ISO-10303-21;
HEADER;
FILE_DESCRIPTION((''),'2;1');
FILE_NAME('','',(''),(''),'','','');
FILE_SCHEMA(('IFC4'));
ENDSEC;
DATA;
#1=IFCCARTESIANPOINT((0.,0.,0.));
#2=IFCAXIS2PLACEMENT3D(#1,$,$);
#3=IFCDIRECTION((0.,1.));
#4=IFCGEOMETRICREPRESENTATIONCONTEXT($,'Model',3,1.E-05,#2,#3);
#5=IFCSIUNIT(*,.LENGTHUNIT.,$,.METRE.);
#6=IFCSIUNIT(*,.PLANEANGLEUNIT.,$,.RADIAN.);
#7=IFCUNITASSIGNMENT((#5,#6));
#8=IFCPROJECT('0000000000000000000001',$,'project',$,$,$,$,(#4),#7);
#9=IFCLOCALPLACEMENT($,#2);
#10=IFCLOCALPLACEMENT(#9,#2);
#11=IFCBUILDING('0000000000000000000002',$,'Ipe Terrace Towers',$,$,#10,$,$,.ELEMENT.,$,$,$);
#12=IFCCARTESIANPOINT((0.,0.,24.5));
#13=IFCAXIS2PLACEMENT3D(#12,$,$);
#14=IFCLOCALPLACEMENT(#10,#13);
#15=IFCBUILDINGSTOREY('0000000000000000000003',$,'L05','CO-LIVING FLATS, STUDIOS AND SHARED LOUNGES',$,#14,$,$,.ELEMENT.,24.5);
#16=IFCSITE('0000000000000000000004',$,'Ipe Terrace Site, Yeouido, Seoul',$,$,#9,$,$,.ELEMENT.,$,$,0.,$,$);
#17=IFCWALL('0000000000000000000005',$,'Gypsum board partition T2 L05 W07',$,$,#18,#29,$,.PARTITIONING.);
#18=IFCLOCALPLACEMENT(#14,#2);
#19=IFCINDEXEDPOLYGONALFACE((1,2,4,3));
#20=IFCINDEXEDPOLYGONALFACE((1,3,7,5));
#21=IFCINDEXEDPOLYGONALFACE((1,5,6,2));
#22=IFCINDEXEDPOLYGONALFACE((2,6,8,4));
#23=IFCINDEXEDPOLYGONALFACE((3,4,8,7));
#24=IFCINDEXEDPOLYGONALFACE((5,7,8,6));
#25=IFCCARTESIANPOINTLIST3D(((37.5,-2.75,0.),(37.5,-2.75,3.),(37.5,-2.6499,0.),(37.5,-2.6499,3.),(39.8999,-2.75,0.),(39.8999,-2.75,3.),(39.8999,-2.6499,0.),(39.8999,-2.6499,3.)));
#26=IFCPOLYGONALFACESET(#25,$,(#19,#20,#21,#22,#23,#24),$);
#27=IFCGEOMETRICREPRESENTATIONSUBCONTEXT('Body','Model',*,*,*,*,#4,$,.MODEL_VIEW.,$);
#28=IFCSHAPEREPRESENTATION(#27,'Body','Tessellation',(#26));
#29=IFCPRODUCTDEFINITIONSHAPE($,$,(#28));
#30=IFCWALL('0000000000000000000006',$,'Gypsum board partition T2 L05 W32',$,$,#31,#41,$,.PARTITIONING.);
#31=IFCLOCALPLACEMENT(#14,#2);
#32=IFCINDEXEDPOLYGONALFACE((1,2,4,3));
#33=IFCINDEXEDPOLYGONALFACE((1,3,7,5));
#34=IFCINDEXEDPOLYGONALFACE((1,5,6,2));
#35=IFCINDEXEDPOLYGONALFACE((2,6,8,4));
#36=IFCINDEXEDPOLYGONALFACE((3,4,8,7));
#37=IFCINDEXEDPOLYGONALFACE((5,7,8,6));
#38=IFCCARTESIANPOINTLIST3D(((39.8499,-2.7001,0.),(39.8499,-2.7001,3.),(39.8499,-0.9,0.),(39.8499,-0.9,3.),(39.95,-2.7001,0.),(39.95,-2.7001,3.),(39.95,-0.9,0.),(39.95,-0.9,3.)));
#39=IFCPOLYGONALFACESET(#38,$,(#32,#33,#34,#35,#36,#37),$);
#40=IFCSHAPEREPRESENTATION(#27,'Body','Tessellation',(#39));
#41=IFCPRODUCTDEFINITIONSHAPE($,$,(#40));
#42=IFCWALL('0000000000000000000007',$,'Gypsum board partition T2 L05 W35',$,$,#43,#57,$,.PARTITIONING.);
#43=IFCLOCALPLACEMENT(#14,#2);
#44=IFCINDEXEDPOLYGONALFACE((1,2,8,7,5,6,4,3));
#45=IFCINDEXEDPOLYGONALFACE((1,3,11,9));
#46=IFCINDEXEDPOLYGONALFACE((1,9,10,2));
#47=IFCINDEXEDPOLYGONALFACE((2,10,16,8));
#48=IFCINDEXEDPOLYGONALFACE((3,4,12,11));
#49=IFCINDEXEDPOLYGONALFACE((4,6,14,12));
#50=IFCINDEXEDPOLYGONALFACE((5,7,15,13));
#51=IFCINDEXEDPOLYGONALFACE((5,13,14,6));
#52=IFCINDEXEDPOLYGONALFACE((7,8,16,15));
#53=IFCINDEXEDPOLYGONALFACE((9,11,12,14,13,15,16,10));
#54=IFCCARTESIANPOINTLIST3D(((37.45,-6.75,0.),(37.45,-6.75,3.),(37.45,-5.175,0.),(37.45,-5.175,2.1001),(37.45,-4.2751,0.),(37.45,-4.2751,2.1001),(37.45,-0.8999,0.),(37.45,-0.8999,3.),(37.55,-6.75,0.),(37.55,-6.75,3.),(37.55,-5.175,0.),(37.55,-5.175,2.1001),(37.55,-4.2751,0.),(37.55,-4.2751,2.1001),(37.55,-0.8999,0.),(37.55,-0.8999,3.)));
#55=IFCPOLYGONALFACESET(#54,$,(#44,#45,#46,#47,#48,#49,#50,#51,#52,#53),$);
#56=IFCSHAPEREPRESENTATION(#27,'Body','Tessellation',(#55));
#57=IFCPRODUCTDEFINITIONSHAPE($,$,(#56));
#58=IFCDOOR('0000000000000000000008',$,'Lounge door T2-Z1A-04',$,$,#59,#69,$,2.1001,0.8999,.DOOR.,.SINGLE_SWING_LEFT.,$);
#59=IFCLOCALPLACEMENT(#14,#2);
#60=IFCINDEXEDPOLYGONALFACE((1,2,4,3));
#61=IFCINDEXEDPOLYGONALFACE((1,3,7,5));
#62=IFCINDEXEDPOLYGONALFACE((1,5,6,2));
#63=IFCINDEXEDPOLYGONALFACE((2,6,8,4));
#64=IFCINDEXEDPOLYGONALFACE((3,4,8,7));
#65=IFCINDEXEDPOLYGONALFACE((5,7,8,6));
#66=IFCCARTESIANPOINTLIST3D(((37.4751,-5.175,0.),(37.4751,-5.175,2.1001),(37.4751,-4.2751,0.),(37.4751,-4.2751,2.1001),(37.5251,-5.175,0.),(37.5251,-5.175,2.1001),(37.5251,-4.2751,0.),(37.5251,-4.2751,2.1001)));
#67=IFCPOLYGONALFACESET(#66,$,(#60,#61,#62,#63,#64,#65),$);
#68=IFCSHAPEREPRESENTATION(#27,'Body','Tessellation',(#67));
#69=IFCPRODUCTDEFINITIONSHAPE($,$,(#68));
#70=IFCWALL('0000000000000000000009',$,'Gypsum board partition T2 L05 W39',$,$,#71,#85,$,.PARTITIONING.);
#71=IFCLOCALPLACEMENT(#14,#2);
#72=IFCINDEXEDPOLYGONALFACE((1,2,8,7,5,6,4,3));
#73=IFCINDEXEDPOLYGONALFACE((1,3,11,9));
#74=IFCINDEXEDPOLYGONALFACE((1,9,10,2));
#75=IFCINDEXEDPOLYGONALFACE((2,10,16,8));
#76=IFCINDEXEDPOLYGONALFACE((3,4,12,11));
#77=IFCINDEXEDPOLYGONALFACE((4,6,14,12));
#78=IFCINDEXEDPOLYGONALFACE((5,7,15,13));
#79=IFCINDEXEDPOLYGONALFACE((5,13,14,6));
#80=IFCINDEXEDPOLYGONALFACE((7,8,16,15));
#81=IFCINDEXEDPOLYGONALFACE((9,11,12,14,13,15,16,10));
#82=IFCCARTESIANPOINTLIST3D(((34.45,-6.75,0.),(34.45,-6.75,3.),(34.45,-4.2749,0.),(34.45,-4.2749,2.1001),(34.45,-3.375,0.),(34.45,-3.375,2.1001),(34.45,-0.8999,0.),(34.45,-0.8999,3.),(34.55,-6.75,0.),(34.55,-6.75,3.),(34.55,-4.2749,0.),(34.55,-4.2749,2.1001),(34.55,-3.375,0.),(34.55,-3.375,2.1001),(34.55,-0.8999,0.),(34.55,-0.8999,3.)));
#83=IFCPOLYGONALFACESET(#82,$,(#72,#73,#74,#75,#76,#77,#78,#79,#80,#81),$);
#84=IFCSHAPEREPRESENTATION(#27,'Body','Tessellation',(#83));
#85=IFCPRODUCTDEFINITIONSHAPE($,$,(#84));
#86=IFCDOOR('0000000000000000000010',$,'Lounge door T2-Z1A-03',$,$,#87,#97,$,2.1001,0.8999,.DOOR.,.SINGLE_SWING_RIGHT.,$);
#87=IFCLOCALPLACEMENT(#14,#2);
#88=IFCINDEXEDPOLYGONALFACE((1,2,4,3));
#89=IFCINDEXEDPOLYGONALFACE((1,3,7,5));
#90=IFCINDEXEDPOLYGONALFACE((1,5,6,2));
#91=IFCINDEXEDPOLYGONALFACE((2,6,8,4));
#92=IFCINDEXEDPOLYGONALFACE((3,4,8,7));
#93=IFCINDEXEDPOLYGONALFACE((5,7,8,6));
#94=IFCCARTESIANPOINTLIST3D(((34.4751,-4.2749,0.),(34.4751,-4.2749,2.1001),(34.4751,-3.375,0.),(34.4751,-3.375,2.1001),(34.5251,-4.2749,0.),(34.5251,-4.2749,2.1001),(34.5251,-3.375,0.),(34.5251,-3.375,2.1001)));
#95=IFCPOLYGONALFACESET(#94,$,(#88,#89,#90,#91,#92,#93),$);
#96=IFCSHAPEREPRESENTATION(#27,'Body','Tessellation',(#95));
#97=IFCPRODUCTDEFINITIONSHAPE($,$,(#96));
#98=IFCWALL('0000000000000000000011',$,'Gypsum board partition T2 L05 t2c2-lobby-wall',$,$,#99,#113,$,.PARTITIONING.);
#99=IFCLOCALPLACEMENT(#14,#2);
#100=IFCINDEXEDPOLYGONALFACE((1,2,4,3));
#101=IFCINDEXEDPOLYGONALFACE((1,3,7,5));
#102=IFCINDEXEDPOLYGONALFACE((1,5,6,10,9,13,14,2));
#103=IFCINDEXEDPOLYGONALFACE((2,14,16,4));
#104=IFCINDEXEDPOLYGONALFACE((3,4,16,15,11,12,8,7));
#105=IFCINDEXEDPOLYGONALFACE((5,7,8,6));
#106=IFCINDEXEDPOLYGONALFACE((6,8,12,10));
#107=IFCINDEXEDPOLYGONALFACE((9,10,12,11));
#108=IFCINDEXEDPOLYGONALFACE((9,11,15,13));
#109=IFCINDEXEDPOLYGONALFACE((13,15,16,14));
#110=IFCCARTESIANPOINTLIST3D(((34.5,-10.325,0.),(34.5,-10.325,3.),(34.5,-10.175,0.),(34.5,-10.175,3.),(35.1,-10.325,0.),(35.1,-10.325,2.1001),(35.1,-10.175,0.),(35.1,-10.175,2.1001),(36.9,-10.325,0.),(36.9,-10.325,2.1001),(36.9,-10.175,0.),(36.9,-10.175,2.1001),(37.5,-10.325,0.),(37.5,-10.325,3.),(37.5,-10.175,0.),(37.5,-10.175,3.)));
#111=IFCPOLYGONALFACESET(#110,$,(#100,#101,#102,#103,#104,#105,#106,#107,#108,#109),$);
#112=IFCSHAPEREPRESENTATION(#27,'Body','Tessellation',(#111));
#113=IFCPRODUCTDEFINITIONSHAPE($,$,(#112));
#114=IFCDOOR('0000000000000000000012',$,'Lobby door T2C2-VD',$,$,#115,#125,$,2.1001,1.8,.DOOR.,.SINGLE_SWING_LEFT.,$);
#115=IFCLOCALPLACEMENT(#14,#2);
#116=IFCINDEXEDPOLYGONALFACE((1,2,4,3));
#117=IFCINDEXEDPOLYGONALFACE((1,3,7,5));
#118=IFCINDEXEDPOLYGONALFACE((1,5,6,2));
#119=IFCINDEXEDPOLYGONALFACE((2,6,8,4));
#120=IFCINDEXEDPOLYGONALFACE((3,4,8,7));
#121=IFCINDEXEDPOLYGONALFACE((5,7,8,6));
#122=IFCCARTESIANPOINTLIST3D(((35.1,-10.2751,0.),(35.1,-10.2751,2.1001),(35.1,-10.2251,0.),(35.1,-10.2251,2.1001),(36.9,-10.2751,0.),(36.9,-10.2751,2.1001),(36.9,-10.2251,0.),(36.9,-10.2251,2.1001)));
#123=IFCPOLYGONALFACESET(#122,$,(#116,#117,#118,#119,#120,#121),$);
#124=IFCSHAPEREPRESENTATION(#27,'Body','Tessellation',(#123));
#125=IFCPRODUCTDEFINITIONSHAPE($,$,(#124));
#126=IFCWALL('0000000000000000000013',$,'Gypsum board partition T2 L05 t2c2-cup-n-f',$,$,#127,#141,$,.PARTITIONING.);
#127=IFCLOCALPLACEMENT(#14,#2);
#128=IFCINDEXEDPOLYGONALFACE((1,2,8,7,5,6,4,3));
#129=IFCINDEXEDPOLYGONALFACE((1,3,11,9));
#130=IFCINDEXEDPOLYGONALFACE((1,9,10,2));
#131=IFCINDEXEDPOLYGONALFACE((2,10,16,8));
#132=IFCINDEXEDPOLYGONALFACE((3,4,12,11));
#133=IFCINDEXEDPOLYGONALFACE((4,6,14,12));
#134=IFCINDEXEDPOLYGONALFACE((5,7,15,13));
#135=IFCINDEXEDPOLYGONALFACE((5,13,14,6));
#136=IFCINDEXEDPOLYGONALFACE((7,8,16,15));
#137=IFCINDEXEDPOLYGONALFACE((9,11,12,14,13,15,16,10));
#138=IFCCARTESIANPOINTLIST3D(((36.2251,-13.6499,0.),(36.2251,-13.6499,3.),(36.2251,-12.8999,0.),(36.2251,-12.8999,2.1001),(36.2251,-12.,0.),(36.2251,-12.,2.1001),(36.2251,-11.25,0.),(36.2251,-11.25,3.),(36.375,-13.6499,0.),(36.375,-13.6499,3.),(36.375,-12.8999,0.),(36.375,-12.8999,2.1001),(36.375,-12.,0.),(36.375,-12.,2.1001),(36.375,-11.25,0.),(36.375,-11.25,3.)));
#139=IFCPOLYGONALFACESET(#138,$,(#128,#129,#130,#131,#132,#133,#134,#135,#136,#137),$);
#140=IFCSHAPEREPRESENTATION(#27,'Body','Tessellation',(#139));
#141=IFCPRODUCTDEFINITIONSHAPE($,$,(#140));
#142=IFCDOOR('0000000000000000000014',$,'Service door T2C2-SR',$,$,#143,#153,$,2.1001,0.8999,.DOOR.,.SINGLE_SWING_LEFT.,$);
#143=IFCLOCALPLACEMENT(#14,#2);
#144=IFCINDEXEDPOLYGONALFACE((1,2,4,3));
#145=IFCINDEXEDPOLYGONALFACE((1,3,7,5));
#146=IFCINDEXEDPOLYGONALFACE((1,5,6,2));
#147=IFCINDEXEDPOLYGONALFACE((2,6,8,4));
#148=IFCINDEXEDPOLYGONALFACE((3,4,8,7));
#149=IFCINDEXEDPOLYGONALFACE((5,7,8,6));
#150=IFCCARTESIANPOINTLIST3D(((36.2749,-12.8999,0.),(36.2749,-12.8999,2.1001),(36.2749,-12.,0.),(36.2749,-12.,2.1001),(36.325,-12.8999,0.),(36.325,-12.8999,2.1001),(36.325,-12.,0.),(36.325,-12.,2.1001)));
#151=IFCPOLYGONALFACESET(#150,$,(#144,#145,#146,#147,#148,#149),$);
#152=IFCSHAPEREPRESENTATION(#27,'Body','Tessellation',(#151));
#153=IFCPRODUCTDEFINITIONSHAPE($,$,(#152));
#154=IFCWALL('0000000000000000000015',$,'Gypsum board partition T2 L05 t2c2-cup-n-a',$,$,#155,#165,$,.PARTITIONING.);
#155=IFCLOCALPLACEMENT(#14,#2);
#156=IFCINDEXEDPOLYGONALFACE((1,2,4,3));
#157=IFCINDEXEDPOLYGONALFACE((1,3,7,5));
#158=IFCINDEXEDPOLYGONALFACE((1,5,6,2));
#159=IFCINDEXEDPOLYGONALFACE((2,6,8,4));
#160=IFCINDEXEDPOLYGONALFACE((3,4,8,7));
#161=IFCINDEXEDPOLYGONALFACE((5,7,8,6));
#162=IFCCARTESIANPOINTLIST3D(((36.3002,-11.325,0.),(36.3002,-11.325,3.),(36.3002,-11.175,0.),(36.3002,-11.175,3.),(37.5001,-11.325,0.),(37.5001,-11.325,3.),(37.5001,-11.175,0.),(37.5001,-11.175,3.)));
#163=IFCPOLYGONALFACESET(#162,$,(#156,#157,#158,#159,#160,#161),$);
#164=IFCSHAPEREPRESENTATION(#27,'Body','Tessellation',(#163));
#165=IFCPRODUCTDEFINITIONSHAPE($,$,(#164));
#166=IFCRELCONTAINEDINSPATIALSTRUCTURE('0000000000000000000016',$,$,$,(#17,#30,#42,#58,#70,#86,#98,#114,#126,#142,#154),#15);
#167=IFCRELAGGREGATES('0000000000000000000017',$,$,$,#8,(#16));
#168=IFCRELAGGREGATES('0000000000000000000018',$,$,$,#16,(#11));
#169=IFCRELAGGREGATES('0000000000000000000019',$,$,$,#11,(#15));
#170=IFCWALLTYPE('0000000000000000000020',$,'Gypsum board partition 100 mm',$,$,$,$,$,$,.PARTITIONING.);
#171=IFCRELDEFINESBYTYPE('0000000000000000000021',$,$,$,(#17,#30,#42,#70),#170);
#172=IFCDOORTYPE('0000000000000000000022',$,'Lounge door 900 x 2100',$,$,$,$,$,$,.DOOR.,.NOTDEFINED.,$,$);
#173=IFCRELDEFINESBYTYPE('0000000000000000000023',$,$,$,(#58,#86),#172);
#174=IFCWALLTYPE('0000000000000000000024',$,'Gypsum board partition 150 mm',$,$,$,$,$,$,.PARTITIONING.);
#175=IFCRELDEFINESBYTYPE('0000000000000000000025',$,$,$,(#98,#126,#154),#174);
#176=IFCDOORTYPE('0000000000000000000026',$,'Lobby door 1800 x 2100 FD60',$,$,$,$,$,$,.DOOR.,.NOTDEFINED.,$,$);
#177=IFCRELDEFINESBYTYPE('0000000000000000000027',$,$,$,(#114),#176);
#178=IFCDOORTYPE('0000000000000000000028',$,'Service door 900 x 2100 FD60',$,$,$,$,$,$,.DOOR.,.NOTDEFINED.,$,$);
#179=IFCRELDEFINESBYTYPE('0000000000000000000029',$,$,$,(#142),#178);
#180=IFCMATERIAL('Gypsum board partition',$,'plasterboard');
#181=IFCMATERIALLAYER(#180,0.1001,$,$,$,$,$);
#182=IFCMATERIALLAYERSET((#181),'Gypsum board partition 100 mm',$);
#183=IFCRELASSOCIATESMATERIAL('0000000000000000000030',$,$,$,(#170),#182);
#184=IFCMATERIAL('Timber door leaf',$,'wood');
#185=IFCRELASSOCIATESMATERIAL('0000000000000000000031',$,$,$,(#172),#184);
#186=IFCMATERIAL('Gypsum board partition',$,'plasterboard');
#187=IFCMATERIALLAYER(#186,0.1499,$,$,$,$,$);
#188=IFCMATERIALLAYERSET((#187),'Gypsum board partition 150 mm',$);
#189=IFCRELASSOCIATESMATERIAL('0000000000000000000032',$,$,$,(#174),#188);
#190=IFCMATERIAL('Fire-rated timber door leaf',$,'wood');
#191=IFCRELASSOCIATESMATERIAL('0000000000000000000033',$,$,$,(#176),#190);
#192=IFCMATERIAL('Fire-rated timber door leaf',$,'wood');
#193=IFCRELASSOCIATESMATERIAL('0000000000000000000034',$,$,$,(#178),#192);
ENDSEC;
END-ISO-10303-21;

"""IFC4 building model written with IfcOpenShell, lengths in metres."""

from ifc_helpers import new_model, si_unit, direction, frame, frame_2d, origin, place, context, subcontext, project, spatial, rectangle, extrude, material, layer, layer_set, type_object, element, fill, save


model = new_model("IFC4")

# Units and contexts
model_context = context("Model", 3, precision=1e-05, world=origin(), true_north=direction((0.0, 1.0)))
body_context = subcontext(model_context, "Body", "Model", "MODEL_VIEW")
ifc_project = project(units=[si_unit("LENGTHUNIT", "METRE"), si_unit("PLANEANGLEUNIT", "RADIAN")], contexts=[model_context])

# Site, building, storey
site_placement = place(None, origin())
site = spatial("IfcSite", under=ifc_project, at=site_placement, Name="Ipe Terrace Site, Yeouido, Seoul", CompositionType="ELEMENT", RefElevation=0.0)
building_placement = place(site_placement, origin())
building = spatial("IfcBuilding", under=site, at=building_placement, Name="Ipe Terrace Towers", CompositionType="ELEMENT")
storey_placement = place(building_placement, frame((0.0, 0.0, 24.5)))
storey = spatial("IfcBuildingStorey", under=building, at=storey_placement, Name="L05", Description="CO-LIVING FLATS, STUDIOS AND SHARED LOUNGES", CompositionType="ELEMENT", Elevation=24.5)

# Walls
ifc_material_1 = material(Name="Gypsum board partition", Category="plasterboard")
ifc_layer_1 = layer(ifc_material_1, 0.1001)
ifc_layer_set_1 = layer_set([ifc_layer_1], Name="Gypsum board partition 100 mm")
wall_type_1 = type_object("IfcWallType", Name="Gypsum board partition 100 mm", PredefinedType="PARTITIONING", material=ifc_layer_set_1)
wall_1_placement = place(storey_placement, frame((39.8999, -2.7, 0.0), z_axis=(0.0, 0.0, 1.0), x_axis=(-1.0, 0.0, 0.0)))
element("IfcWall", 1, at=wall_1_placement, inside=storey, type_object=wall_type_1, Name="Gypsum board partition T2 L05 W07", PredefinedType="PARTITIONING", context=body_context, shape_type="SweptSolid", body=[
    extrude(rectangle(XDim=2.3999, YDim=0.1001, at=frame_2d((1.2, 0.0))), origin(), (0.0, 0.0, 1.0), 3.0),
])
wall_2_placement = place(storey_placement, frame((39.8999, -2.7, 0.0), z_axis=(0.0, 0.0, 1.0), x_axis=(0.0, 1.0, 0.0)))
element("IfcWall", 2, at=wall_2_placement, inside=storey, type_object=wall_type_1, Name="Gypsum board partition T2 L05 W32", PredefinedType="PARTITIONING", context=body_context, shape_type="SweptSolid", body=[
    extrude(rectangle(XDim=1.8, YDim=0.1001, at=frame_2d((0.8999, 0.0))), origin(), (0.0, 0.0, 1.0), 3.0),
])

# Walls, openings, doors
wall_3_placement = place(storey_placement, frame((37.5, -6.75, 0.0), z_axis=(0.0, 0.0, 1.0), x_axis=(0.0, 1.0, 0.0)))
wall_3 = element("IfcWall", 3, at=wall_3_placement, inside=storey, type_object=wall_type_1, Name="Gypsum board partition T2 L05 W35", PredefinedType="PARTITIONING", context=body_context, shape_type="SweptSolid", body=[
    extrude(rectangle(XDim=5.8501, YDim=0.1001, at=frame_2d((2.925, 0.0))), origin(), (0.0, 0.0, 1.0), 3.0),
])
opening_1_placement = place(wall_3_placement, frame((1.575, 0.0, 0.0)))
opening_1 = element("IfcOpeningElement", 4, at=opening_1_placement, cuts=wall_3, PredefinedType="OPENING", context=body_context, shape_type="SweptSolid", body=[
    extrude(rectangle(XDim=0.8999, YDim=2.1001, at=frame_2d((0.45, 1.05))), frame((0.0, 0.0601, 0.0), z_axis=(0.0, -1.0, 0.0), x_axis=(1.0, 0.0, 0.0)), (0.0, 0.0, 1.0), 0.1201),
])
ifc_material_2 = material(Name="Timber door leaf", Category="wood")
door_type_1 = type_object("IfcDoorType", Name="Lounge door 900 x 2100", OperationType="NOTDEFINED", PredefinedType="DOOR", material=ifc_material_2)
door_1_placement = place(opening_1_placement, origin())
door_1 = element("IfcDoor", 5, at=door_1_placement, inside=storey, type_object=door_type_1, Name="Lounge door T2-Z1A-04", OperationType="SINGLE_SWING_LEFT", OverallHeight=2.1001, OverallWidth=0.8999, PredefinedType="DOOR", context=body_context, shape_type="SweptSolid", body=[
    extrude(rectangle(XDim=0.8999, YDim=2.1001, at=frame_2d((0.45, 1.05))), frame((0.0, 0.0249, 0.0), z_axis=(0.0, -1.0, 0.0), x_axis=(1.0, 0.0, 0.0)), (0.0, 0.0, 1.0), 0.05),
])
fill(opening_1, door_1)
wall_4_placement = place(storey_placement, frame((34.5, -6.75, 0.0), z_axis=(0.0, 0.0, 1.0), x_axis=(0.0, 1.0, 0.0)))
wall_4 = element("IfcWall", 6, at=wall_4_placement, inside=storey, type_object=wall_type_1, Name="Gypsum board partition T2 L05 W39", PredefinedType="PARTITIONING", context=body_context, shape_type="SweptSolid", body=[
    extrude(rectangle(XDim=5.8501, YDim=0.1001, at=frame_2d((2.925, 0.0))), origin(), (0.0, 0.0, 1.0), 3.0),
])
opening_2_placement = place(wall_4_placement, frame((2.4751, 0.0, 0.0)))
opening_2 = element("IfcOpeningElement", 7, at=opening_2_placement, cuts=wall_4, PredefinedType="OPENING", context=body_context, shape_type="SweptSolid", body=[
    extrude(rectangle(XDim=0.8999, YDim=2.1001, at=frame_2d((0.45, 1.05))), frame((0.0, 0.0601, 0.0), z_axis=(0.0, -1.0, 0.0), x_axis=(1.0, 0.0, 0.0)), (0.0, 0.0, 1.0), 0.1201),
])
door_2_placement = place(opening_2_placement, origin())
door_2 = element("IfcDoor", 8, at=door_2_placement, inside=storey, type_object=door_type_1, Name="Lounge door T2-Z1A-03", OperationType="SINGLE_SWING_RIGHT", OverallHeight=2.1001, OverallWidth=0.8999, PredefinedType="DOOR", context=body_context, shape_type="SweptSolid", body=[
    extrude(rectangle(XDim=0.8999, YDim=2.1001, at=frame_2d((0.45, 1.05))), frame((0.0, 0.0249, 0.0), z_axis=(0.0, -1.0, 0.0), x_axis=(1.0, 0.0, 0.0)), (0.0, 0.0, 1.0), 0.05),
])
fill(opening_2, door_2)
ifc_material_3 = material(Name="Gypsum board partition", Category="plasterboard")
ifc_layer_2 = layer(ifc_material_3, 0.1499)
ifc_layer_set_2 = layer_set([ifc_layer_2], Name="Gypsum board partition 150 mm")
wall_type_2 = type_object("IfcWallType", Name="Gypsum board partition 150 mm", PredefinedType="PARTITIONING", material=ifc_layer_set_2)
wall_5_placement = place(storey_placement, frame((34.5, -10.25, 0.0), z_axis=(0.0, 0.0, 1.0), x_axis=(1.0, 0.0, 0.0)))
wall_5 = element("IfcWall", 9, at=wall_5_placement, inside=storey, type_object=wall_type_2, Name="Gypsum board partition T2 L05 t2c2-lobby-wall", PredefinedType="PARTITIONING", context=body_context, shape_type="SweptSolid", body=[
    extrude(rectangle(XDim=3.0, YDim=0.1499, at=frame_2d((1.5, 0.0))), origin(), (0.0, 0.0, 1.0), 3.0),
])
opening_3_placement = place(wall_5_placement, frame((0.6001, 0.0, 0.0)))
opening_3 = element("IfcOpeningElement", 10, at=opening_3_placement, cuts=wall_5, PredefinedType="OPENING", context=body_context, shape_type="SweptSolid", body=[
    extrude(rectangle(XDim=1.8, YDim=2.1001, at=frame_2d((0.8999, 1.05))), frame((0.0, 0.085, 0.0), z_axis=(0.0, -1.0, 0.0), x_axis=(1.0, 0.0, 0.0)), (0.0, 0.0, 1.0), 0.1699),
])
ifc_material_4 = material(Name="Fire-rated timber door leaf", Category="wood")
door_type_2 = type_object("IfcDoorType", Name="Lobby door 1800 x 2100 FD60", OperationType="NOTDEFINED", PredefinedType="DOOR", material=ifc_material_4)
door_3_placement = place(opening_3_placement, origin())
door_3 = element("IfcDoor", 11, at=door_3_placement, inside=storey, type_object=door_type_2, Name="Lobby door T2C2-VD", OperationType="SINGLE_SWING_LEFT", OverallHeight=2.1001, OverallWidth=1.8, PredefinedType="DOOR", context=body_context, shape_type="SweptSolid", body=[
    extrude(rectangle(XDim=1.8, YDim=2.1001, at=frame_2d((0.8999, 1.05))), frame((0.0, 0.0249, 0.0), z_axis=(0.0, -1.0, 0.0), x_axis=(1.0, 0.0, 0.0)), (0.0, 0.0, 1.0), 0.05),
])
fill(opening_3, door_3)
wall_6_placement = place(storey_placement, frame((36.3, -11.25, 0.0), z_axis=(0.0, 0.0, 1.0), x_axis=(0.0, -1.0, 0.0)))
wall_6 = element("IfcWall", 12, at=wall_6_placement, inside=storey, type_object=wall_type_2, Name="Gypsum board partition T2 L05 t2c2-cup-n-f", PredefinedType="PARTITIONING", context=body_context, shape_type="SweptSolid", body=[
    extrude(rectangle(XDim=2.3999, YDim=0.1499, at=frame_2d((1.2, 0.0))), origin(), (0.0, 0.0, 1.0), 3.0),
])
opening_4_placement = place(wall_6_placement, frame((0.75, 0.0, 0.0)))
opening_4 = element("IfcOpeningElement", 13, at=opening_4_placement, cuts=wall_6, PredefinedType="OPENING", context=body_context, shape_type="SweptSolid", body=[
    extrude(rectangle(XDim=0.8999, YDim=2.1001, at=frame_2d((0.45, 1.05))), frame((0.0, 0.085, 0.0), z_axis=(0.0, -1.0, 0.0), x_axis=(1.0, 0.0, 0.0)), (0.0, 0.0, 1.0), 0.1699),
])
ifc_material_5 = material(Name="Fire-rated timber door leaf", Category="wood")
door_type_3 = type_object("IfcDoorType", Name="Service door 900 x 2100 FD60", OperationType="NOTDEFINED", PredefinedType="DOOR", material=ifc_material_5)
door_4_placement = place(opening_4_placement, origin())
door_4 = element("IfcDoor", 14, at=door_4_placement, inside=storey, type_object=door_type_3, Name="Service door T2C2-SR", OperationType="SINGLE_SWING_LEFT", OverallHeight=2.1001, OverallWidth=0.8999, PredefinedType="DOOR", context=body_context, shape_type="SweptSolid", body=[
    extrude(rectangle(XDim=0.8999, YDim=2.1001, at=frame_2d((0.45, 1.05))), frame((0.0, 0.0249, 0.0), z_axis=(0.0, -1.0, 0.0), x_axis=(1.0, 0.0, 0.0)), (0.0, 0.0, 1.0), 0.05),
])
fill(opening_4, door_4)

# Wall
wall_7_placement = place(storey_placement, frame((36.3, -11.25, 0.0), z_axis=(0.0, 0.0, 1.0), x_axis=(1.0, 0.0, 0.0)))
element("IfcWall", 15, at=wall_7_placement, inside=storey, type_object=wall_type_2, Name="Gypsum board partition T2 L05 t2c2-cup-n-a", PredefinedType="PARTITIONING", context=body_context, shape_type="SweptSolid", body=[
    extrude(rectangle(XDim=1.2, YDim=0.1499, at=frame_2d((0.6001, 0.0))), origin(), (0.0, 0.0, 1.0), 3.0),
])

save(model, "model.ifc")
